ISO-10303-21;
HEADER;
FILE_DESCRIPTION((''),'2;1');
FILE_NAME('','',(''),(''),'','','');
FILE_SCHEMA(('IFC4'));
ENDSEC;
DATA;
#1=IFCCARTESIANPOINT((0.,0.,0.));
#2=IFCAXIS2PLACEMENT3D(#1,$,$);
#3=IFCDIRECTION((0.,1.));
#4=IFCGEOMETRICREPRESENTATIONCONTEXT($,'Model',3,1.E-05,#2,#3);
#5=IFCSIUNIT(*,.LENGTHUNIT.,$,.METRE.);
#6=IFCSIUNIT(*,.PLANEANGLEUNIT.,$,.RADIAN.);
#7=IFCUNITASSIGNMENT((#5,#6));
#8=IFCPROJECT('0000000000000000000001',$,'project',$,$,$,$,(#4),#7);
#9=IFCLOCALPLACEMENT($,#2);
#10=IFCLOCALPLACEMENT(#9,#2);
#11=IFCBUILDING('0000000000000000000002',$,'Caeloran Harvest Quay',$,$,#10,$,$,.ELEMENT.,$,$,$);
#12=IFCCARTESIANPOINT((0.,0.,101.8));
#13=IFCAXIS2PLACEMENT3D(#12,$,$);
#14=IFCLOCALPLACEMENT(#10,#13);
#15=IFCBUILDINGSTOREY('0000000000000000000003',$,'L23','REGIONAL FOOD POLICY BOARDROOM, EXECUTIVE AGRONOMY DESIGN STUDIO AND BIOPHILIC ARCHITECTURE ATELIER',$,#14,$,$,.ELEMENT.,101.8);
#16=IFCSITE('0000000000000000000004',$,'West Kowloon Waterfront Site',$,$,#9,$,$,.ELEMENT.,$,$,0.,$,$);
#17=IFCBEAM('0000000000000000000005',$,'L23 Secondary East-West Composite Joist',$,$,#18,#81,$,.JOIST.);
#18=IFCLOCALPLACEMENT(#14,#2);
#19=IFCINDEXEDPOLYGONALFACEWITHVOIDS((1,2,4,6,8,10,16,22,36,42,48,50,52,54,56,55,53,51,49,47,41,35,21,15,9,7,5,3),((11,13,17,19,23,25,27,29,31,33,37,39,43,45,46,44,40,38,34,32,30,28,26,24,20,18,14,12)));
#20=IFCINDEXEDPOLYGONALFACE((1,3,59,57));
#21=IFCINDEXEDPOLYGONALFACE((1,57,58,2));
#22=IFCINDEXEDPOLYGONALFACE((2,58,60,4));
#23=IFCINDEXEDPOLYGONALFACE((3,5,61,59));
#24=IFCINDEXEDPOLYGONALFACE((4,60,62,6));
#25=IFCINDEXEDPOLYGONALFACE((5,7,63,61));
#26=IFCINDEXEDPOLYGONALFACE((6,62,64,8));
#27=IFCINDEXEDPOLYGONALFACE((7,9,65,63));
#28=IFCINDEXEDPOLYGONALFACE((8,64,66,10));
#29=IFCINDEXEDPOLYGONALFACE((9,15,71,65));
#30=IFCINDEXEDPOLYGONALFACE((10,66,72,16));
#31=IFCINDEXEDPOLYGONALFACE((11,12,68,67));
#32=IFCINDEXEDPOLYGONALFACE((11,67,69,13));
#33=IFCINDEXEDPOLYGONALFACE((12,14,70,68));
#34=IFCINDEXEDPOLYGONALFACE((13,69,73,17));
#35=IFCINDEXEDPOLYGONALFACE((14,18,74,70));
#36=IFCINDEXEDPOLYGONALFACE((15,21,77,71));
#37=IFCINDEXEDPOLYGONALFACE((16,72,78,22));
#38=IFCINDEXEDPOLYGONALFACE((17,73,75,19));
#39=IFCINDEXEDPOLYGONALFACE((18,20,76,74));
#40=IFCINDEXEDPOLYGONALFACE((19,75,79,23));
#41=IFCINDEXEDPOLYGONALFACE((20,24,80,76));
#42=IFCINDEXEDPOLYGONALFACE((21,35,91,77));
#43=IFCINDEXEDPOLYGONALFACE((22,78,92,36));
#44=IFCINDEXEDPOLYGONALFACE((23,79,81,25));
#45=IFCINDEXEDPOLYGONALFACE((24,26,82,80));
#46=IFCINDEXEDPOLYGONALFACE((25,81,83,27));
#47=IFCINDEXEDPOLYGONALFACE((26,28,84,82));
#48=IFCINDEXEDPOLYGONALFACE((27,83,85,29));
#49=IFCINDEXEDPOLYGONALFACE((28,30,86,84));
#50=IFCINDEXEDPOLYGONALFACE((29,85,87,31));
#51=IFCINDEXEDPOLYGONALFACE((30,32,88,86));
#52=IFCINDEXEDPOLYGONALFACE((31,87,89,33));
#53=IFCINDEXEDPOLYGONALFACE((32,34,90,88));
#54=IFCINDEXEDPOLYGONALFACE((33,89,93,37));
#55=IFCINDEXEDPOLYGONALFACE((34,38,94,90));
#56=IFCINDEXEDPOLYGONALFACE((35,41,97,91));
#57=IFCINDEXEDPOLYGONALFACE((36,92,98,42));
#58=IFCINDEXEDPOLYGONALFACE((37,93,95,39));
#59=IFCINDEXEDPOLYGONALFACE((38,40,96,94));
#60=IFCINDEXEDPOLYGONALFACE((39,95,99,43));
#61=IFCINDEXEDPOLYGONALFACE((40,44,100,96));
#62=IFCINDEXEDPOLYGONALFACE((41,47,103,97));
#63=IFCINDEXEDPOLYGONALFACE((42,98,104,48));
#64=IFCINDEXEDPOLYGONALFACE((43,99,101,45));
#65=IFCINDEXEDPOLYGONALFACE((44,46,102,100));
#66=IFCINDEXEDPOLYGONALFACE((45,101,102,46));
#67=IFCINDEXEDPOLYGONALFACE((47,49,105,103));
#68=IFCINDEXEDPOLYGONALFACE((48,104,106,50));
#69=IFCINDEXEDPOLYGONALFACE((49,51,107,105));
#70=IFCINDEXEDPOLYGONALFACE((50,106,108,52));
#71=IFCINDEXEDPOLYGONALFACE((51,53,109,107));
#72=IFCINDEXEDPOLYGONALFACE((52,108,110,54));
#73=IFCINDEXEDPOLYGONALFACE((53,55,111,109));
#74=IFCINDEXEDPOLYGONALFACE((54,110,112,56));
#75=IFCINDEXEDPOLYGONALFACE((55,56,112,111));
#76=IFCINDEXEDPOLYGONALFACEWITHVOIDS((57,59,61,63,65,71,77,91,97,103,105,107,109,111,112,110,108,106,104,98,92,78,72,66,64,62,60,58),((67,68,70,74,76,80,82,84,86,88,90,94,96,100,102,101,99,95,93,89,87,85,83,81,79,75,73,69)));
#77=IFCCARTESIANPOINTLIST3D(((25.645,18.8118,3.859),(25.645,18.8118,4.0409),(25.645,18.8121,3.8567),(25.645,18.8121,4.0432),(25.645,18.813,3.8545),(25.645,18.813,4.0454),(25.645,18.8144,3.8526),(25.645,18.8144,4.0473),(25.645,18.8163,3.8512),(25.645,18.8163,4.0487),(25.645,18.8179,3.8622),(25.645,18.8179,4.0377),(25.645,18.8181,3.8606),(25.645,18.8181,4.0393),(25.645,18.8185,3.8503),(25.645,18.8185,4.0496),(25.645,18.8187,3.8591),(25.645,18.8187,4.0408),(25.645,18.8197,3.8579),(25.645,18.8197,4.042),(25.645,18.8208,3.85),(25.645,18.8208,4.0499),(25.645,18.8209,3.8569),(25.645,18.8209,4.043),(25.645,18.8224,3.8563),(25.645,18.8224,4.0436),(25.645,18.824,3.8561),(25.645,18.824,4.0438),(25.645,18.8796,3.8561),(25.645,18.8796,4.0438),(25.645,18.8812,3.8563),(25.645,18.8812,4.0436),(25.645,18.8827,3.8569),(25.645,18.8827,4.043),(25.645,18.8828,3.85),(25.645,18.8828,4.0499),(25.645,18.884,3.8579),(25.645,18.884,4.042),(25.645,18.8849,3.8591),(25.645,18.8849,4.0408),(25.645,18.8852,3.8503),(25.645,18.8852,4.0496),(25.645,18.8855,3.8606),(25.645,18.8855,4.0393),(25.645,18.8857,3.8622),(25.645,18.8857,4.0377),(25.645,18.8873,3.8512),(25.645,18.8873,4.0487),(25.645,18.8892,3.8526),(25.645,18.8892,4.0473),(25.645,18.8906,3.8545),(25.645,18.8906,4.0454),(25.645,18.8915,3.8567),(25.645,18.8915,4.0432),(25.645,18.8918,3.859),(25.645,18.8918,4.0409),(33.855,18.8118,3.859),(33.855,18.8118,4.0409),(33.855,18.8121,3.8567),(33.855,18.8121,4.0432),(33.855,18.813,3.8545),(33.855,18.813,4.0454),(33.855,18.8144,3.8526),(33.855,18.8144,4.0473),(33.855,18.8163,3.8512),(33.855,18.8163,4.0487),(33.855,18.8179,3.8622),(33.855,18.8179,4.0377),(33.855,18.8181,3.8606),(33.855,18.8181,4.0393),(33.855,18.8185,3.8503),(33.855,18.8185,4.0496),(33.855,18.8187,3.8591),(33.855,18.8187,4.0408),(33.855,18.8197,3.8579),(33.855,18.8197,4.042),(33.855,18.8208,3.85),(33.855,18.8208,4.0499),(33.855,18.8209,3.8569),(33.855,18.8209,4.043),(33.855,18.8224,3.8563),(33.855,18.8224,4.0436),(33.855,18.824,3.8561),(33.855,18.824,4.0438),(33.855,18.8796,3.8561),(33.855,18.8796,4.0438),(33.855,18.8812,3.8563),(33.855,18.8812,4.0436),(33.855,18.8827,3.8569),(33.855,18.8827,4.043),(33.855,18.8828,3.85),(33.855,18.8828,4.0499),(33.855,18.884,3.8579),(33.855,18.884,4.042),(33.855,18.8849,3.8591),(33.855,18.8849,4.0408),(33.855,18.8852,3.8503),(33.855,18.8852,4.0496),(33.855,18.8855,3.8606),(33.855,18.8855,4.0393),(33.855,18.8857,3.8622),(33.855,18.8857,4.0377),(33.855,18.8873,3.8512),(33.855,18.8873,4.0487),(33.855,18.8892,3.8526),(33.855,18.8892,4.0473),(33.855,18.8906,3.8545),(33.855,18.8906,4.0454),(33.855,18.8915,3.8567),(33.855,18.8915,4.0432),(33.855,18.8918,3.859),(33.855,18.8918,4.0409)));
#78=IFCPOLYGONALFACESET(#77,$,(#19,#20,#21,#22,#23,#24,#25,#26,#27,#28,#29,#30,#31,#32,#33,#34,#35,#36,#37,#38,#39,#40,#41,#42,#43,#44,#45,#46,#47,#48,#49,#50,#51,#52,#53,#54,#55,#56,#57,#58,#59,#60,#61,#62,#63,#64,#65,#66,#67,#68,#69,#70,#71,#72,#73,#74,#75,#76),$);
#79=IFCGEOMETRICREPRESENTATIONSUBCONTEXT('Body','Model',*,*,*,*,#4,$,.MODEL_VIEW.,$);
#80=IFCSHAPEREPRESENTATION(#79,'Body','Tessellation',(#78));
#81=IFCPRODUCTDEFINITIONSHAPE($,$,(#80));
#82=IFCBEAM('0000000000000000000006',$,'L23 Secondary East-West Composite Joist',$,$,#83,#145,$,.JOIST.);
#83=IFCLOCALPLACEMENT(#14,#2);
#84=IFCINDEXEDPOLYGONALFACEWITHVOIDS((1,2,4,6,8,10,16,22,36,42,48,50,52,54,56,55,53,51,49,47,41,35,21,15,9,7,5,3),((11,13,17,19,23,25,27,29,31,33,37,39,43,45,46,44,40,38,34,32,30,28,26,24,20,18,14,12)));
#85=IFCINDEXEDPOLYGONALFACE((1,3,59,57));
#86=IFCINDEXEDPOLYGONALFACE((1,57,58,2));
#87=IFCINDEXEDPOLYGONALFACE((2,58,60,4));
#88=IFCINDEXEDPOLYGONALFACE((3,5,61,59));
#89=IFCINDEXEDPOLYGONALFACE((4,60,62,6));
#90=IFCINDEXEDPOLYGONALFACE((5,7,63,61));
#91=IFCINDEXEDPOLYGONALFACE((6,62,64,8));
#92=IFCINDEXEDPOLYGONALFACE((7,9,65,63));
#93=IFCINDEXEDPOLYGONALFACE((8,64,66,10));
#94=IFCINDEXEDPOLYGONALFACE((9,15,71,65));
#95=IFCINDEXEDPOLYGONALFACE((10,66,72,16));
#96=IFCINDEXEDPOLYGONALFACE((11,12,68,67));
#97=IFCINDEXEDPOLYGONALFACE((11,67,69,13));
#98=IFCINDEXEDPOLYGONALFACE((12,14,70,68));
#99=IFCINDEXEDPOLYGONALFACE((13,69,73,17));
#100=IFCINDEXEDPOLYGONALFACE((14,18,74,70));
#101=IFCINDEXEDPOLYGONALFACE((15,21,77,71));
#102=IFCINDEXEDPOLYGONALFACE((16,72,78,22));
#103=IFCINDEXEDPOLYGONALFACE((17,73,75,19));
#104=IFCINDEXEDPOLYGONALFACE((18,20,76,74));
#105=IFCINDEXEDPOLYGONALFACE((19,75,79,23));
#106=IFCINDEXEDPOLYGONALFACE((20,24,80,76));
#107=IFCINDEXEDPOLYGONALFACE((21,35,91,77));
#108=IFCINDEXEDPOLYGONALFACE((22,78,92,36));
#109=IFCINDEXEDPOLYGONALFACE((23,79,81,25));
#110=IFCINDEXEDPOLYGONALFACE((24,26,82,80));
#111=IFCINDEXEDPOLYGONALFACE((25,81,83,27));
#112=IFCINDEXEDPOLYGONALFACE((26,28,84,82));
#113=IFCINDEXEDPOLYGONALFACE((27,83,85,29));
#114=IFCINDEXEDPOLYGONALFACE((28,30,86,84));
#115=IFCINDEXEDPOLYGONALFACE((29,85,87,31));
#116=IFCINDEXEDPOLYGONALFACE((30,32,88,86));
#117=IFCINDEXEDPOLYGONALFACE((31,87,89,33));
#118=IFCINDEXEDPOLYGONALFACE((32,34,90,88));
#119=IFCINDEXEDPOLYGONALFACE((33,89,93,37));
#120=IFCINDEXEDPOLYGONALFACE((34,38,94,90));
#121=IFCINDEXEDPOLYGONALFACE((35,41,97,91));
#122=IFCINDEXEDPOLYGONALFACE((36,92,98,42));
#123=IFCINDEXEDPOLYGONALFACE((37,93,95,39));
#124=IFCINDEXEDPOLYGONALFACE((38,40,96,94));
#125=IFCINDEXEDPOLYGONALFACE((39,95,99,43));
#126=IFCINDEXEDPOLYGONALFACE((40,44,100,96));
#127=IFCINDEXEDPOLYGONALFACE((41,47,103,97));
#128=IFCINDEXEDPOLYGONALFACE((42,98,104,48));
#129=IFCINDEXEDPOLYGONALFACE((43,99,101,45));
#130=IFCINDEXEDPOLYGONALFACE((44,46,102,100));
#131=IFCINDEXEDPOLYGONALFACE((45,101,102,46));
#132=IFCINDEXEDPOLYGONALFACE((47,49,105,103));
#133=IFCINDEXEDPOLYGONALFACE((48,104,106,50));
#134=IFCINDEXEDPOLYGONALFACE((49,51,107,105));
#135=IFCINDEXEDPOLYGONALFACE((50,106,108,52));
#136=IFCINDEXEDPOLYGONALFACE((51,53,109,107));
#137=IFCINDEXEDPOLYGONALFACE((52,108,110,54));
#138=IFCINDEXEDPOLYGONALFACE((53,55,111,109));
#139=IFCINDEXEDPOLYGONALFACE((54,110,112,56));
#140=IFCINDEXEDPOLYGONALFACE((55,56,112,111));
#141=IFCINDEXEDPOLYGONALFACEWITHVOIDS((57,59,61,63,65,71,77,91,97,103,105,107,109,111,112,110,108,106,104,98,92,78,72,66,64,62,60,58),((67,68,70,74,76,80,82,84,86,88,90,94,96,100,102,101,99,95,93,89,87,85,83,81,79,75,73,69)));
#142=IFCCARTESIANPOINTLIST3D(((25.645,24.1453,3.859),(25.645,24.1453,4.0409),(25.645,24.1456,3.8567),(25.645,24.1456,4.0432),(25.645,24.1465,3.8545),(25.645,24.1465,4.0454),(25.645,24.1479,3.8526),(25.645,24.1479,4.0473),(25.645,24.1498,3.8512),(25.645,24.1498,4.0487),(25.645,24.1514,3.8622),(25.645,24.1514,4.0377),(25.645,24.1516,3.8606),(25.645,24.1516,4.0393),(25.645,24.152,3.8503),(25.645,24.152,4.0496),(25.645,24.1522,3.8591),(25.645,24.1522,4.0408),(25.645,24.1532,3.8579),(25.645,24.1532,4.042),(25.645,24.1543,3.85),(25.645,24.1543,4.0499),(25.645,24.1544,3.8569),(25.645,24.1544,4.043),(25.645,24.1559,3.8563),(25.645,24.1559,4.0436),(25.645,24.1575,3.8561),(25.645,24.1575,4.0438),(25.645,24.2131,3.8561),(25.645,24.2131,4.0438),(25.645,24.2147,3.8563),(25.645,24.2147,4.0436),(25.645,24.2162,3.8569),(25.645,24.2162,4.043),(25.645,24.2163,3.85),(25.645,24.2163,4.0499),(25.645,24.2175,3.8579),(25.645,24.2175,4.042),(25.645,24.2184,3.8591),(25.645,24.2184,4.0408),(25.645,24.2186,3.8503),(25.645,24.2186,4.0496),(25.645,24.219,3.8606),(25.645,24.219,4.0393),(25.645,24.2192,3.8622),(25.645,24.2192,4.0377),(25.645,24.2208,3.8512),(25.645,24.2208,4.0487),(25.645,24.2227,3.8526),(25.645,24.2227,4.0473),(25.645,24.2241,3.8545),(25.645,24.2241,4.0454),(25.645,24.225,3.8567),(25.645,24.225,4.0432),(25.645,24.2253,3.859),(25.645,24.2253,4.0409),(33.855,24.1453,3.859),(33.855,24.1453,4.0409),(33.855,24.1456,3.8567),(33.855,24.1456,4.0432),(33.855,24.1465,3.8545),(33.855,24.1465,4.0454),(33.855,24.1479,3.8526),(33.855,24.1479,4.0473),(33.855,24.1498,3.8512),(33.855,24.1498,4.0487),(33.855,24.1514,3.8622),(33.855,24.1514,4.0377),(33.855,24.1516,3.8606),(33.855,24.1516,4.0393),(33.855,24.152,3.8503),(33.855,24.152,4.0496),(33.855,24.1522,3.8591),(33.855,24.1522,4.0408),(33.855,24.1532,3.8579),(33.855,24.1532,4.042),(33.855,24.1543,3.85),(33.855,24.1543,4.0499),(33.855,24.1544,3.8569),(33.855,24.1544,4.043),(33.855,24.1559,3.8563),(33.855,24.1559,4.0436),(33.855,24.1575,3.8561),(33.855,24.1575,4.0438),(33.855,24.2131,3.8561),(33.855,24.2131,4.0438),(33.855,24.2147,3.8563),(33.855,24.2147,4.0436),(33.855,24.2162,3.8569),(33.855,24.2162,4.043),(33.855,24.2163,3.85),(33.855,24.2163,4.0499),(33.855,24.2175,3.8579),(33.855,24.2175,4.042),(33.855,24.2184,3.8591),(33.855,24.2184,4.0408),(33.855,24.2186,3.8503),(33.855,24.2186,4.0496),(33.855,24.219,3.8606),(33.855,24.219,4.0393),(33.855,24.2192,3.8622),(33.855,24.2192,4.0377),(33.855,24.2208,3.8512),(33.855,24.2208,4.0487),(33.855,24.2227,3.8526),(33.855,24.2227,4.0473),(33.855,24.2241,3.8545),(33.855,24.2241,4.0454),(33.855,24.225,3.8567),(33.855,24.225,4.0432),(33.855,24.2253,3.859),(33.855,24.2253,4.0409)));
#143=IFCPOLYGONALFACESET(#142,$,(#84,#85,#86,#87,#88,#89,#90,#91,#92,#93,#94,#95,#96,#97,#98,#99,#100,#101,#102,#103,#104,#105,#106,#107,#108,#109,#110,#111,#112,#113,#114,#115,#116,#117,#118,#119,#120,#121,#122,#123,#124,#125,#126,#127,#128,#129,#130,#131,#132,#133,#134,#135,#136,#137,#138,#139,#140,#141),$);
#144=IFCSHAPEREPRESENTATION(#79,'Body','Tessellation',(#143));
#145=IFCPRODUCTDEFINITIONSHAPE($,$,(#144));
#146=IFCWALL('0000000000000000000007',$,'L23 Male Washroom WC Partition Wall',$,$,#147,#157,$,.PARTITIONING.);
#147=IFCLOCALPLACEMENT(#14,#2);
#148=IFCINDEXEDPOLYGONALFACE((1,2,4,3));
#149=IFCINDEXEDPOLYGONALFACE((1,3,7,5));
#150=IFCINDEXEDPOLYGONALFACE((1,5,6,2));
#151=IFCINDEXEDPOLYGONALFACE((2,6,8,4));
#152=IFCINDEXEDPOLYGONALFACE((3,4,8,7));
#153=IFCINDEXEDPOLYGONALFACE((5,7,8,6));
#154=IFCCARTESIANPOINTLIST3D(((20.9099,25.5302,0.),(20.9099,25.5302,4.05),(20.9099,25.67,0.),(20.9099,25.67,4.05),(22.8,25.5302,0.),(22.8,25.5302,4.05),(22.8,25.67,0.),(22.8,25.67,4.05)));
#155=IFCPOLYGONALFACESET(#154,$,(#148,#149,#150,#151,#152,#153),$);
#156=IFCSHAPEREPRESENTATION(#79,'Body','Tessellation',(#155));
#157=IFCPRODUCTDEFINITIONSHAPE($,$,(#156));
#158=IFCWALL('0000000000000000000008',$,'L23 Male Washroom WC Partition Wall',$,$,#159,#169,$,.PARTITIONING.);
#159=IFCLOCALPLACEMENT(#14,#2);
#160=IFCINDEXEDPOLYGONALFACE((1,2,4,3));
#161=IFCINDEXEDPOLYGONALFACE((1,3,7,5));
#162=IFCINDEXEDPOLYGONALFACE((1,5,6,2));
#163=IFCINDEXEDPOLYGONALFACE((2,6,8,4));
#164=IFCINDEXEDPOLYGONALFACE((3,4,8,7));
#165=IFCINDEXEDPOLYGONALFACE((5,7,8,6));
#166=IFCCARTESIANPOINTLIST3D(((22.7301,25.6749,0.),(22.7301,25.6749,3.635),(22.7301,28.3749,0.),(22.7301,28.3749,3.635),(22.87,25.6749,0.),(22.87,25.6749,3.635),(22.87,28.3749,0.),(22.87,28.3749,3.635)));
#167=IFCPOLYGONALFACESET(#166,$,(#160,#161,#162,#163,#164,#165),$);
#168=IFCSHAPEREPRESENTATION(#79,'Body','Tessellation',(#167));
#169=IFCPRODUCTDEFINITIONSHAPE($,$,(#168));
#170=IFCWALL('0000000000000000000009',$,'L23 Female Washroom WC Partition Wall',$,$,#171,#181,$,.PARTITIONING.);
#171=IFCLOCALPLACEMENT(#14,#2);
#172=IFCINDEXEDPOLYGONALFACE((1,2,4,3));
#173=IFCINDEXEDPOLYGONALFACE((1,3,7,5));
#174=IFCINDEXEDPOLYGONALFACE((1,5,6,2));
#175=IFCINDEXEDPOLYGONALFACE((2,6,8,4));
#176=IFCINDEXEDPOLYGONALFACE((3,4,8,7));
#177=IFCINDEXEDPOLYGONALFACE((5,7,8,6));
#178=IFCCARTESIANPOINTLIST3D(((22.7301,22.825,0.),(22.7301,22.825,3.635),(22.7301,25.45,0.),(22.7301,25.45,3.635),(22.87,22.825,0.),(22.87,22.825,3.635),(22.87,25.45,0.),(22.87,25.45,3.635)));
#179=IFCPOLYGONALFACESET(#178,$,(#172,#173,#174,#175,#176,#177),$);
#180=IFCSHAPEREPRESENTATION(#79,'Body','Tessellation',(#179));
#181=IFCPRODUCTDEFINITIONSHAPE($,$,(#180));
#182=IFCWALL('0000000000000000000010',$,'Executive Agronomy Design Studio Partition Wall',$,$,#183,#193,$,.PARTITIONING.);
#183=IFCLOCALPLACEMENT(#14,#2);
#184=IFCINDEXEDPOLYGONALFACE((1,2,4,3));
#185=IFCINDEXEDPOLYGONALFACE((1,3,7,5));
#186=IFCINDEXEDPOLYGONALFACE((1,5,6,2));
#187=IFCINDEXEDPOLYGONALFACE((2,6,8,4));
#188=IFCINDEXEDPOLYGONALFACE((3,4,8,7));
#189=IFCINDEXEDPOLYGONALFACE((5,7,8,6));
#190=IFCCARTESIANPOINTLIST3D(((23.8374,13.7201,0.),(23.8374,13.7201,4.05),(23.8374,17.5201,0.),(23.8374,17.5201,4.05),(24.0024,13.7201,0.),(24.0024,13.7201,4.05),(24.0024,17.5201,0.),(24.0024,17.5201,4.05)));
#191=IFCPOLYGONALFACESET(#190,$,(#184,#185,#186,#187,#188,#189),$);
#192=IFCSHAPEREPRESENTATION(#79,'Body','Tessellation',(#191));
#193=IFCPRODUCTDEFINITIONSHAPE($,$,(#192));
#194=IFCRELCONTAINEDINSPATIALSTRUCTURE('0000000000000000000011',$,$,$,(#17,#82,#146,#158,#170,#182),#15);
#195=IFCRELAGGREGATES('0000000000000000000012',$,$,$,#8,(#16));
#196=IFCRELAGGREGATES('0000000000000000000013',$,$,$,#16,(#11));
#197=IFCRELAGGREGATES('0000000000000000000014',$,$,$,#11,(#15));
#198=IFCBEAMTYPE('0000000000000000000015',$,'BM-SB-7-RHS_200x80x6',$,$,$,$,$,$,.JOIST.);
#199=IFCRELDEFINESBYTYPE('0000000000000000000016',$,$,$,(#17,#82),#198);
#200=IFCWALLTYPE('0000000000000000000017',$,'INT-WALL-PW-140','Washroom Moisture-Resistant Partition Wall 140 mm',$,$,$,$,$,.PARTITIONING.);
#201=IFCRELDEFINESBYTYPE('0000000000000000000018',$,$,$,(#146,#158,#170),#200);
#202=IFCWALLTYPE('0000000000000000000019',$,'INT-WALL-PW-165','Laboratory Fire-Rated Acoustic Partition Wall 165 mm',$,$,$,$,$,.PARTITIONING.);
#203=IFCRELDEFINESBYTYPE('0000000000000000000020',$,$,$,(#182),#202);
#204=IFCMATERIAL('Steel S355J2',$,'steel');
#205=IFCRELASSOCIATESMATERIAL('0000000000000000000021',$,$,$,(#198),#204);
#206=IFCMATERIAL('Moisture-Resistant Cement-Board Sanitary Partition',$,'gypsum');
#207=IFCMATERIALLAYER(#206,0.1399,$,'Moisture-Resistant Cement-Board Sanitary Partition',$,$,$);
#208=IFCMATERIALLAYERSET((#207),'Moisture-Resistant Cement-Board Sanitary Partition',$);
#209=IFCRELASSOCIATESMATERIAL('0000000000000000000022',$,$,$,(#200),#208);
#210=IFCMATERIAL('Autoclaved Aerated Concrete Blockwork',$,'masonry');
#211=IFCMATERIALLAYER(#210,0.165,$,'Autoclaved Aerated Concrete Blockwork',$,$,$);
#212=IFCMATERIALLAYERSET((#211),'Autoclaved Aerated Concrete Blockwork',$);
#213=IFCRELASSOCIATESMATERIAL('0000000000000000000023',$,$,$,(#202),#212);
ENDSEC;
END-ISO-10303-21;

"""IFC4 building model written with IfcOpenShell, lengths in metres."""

from ifc_helpers import new_model, si_unit, direction, frame, frame_2d, origin, origin_2d, place, context, subcontext, project, spatial, rectangle, hollow_rectangle, extrude, material, layer, layer_set, material_profile, profile_set, type_object, element, save


model = new_model("IFC4")

# Units and contexts
model_context = context("Model", 3, precision=1e-05, world=origin(), true_north=direction((0.0, 1.0)))
body_context = subcontext(model_context, "Body", "Model", "MODEL_VIEW")
ifc_project = project(units=[si_unit("LENGTHUNIT", "METRE"), si_unit("PLANEANGLEUNIT", "RADIAN")], contexts=[model_context])

# Site, building, storey
site_placement = place(None, origin())
site = spatial("IfcSite", under=ifc_project, at=site_placement, Name="West Kowloon Waterfront Site", CompositionType="ELEMENT", RefElevation=0.0)
building_placement = place(site_placement, origin())
building = spatial("IfcBuilding", under=site, at=building_placement, Name="Caeloran Harvest Quay", CompositionType="ELEMENT")
storey_placement = place(building_placement, frame((0.0, 0.0, 101.8)))
storey = spatial("IfcBuildingStorey", under=building, at=storey_placement, Name="L23", Description="REGIONAL FOOD POLICY BOARDROOM, EXECUTIVE AGRONOMY DESIGN STUDIO AND BIOPHILIC ARCHITECTURE ATELIER", CompositionType="ELEMENT", Elevation=101.8)

# Beams
ifc_material_1 = material(Name="Steel S355J2", Category="steel")
ifc_material_profile_1 = material_profile(ifc_material_1, hollow_rectangle(XDim=0.0801, YDim=0.2, WallThickness=0.0061, InnerFilletRadius=0.0061, OuterFilletRadius=0.009, at=origin_2d()), Name="RHS 200x80x6")
ifc_profile_set_1 = profile_set([ifc_material_profile_1], Name="Steel S355J2")
beam_type_1 = type_object("IfcBeamType", Name="BM-SB-7-RHS_200x80x6", PredefinedType="JOIST", material=ifc_profile_set_1)
for number, where, z_axis, x_axis, name in (
    (1, (25.645, 18.8518, 3.95), (1.0, 0.0, 0.0), (0.0, 1.0, 0.0), "L23 Secondary East-West Composite Joist"),
    (2, (25.645, 24.1853, 3.95), (1.0, 0.0, 0.0), (0.0, 1.0, 0.0), "L23 Secondary East-West Composite Joist"),
):
    element("IfcBeam", number, at=place(storey_placement, frame(where, z_axis=z_axis, x_axis=x_axis)), inside=storey, type_object=beam_type_1, Name=name, PredefinedType="JOIST", context=body_context, shape_type="SweptSolid", body=[
        extrude(hollow_rectangle(XDim=0.0801, YDim=0.2, WallThickness=0.0061, InnerFilletRadius=0.0061, OuterFilletRadius=0.009, at=origin_2d()), origin(), (0.0, 0.0, 1.0), 8.21),
    ])

# Walls
ifc_material_2 = material(Name="Moisture-Resistant Cement-Board Sanitary Partition", Category="gypsum")
ifc_layer_1 = layer(ifc_material_2, 0.1399, Name="Moisture-Resistant Cement-Board Sanitary Partition")
ifc_layer_set_1 = layer_set([ifc_layer_1], Name="Moisture-Resistant Cement-Board Sanitary Partition")
wall_type_1 = type_object("IfcWallType", Name="INT-WALL-PW-140", Description="Washroom Moisture-Resistant Partition Wall 140 mm", PredefinedType="PARTITIONING", material=ifc_layer_set_1)
wall_1_placement = place(storey_placement, frame((22.8, 25.6001, 0.0), z_axis=(0.0, 0.0, 1.0), x_axis=(-1.0, 0.0, 0.0)))
element("IfcWall", 3, at=wall_1_placement, inside=storey, type_object=wall_type_1, Name="L23 Male Washroom WC Partition Wall", PredefinedType="PARTITIONING", context=body_context, shape_type="SweptSolid", body=[
    extrude(rectangle(XDim=1.8901, YDim=0.1399, at=frame_2d((0.9451, 0.0))), origin(), (0.0, 0.0, 1.0), 4.05),
])
wall_2_placement = place(storey_placement, frame((22.8, 28.375, 0.0), z_axis=(0.0, 0.0, 1.0), x_axis=(0.0, -1.0, 0.0)))
element("IfcWall", 4, at=wall_2_placement, inside=storey, type_object=wall_type_1, Name="L23 Male Washroom WC Partition Wall", PredefinedType="PARTITIONING", context=body_context, shape_type="SweptSolid", body=[
    extrude(rectangle(XDim=2.7, YDim=0.1399, at=frame_2d((1.3501, 0.0))), origin(), (0.0, 0.0, 1.0), 3.635),
])
wall_3_placement = place(storey_placement, frame((22.8, 25.45, 0.0), z_axis=(0.0, 0.0, 1.0), x_axis=(0.0, -1.0, 0.0)))
element("IfcWall", 5, at=wall_3_placement, inside=storey, type_object=wall_type_1, Name="L23 Female Washroom WC Partition Wall", PredefinedType="PARTITIONING", context=body_context, shape_type="SweptSolid", body=[
    extrude(rectangle(XDim=2.625, YDim=0.1399, at=frame_2d((1.3125, 0.0))), origin(), (0.0, 0.0, 1.0), 3.635),
])
ifc_material_3 = material(Name="Autoclaved Aerated Concrete Blockwork", Category="masonry")
ifc_layer_2 = layer(ifc_material_3, 0.165, Name="Autoclaved Aerated Concrete Blockwork")
ifc_layer_set_2 = layer_set([ifc_layer_2], Name="Autoclaved Aerated Concrete Blockwork")
wall_type_2 = type_object("IfcWallType", Name="INT-WALL-PW-165", Description="Laboratory Fire-Rated Acoustic Partition Wall 165 mm", PredefinedType="PARTITIONING", material=ifc_layer_set_2)
wall_4_placement = place(storey_placement, frame((23.9199, 17.52, 0.0), z_axis=(0.0, 0.0, 1.0), x_axis=(0.0, -1.0, 0.0)))
element("IfcWall", 6, at=wall_4_placement, inside=storey, type_object=wall_type_2, Name="Executive Agronomy Design Studio Partition Wall", PredefinedType="PARTITIONING", context=body_context, shape_type="SweptSolid", body=[
    extrude(rectangle(XDim=3.8, YDim=0.165, at=frame_2d((1.8999, 0.0))), origin(), (0.0, 0.0, 1.0), 4.05),
])

save(model, "model.ifc")
